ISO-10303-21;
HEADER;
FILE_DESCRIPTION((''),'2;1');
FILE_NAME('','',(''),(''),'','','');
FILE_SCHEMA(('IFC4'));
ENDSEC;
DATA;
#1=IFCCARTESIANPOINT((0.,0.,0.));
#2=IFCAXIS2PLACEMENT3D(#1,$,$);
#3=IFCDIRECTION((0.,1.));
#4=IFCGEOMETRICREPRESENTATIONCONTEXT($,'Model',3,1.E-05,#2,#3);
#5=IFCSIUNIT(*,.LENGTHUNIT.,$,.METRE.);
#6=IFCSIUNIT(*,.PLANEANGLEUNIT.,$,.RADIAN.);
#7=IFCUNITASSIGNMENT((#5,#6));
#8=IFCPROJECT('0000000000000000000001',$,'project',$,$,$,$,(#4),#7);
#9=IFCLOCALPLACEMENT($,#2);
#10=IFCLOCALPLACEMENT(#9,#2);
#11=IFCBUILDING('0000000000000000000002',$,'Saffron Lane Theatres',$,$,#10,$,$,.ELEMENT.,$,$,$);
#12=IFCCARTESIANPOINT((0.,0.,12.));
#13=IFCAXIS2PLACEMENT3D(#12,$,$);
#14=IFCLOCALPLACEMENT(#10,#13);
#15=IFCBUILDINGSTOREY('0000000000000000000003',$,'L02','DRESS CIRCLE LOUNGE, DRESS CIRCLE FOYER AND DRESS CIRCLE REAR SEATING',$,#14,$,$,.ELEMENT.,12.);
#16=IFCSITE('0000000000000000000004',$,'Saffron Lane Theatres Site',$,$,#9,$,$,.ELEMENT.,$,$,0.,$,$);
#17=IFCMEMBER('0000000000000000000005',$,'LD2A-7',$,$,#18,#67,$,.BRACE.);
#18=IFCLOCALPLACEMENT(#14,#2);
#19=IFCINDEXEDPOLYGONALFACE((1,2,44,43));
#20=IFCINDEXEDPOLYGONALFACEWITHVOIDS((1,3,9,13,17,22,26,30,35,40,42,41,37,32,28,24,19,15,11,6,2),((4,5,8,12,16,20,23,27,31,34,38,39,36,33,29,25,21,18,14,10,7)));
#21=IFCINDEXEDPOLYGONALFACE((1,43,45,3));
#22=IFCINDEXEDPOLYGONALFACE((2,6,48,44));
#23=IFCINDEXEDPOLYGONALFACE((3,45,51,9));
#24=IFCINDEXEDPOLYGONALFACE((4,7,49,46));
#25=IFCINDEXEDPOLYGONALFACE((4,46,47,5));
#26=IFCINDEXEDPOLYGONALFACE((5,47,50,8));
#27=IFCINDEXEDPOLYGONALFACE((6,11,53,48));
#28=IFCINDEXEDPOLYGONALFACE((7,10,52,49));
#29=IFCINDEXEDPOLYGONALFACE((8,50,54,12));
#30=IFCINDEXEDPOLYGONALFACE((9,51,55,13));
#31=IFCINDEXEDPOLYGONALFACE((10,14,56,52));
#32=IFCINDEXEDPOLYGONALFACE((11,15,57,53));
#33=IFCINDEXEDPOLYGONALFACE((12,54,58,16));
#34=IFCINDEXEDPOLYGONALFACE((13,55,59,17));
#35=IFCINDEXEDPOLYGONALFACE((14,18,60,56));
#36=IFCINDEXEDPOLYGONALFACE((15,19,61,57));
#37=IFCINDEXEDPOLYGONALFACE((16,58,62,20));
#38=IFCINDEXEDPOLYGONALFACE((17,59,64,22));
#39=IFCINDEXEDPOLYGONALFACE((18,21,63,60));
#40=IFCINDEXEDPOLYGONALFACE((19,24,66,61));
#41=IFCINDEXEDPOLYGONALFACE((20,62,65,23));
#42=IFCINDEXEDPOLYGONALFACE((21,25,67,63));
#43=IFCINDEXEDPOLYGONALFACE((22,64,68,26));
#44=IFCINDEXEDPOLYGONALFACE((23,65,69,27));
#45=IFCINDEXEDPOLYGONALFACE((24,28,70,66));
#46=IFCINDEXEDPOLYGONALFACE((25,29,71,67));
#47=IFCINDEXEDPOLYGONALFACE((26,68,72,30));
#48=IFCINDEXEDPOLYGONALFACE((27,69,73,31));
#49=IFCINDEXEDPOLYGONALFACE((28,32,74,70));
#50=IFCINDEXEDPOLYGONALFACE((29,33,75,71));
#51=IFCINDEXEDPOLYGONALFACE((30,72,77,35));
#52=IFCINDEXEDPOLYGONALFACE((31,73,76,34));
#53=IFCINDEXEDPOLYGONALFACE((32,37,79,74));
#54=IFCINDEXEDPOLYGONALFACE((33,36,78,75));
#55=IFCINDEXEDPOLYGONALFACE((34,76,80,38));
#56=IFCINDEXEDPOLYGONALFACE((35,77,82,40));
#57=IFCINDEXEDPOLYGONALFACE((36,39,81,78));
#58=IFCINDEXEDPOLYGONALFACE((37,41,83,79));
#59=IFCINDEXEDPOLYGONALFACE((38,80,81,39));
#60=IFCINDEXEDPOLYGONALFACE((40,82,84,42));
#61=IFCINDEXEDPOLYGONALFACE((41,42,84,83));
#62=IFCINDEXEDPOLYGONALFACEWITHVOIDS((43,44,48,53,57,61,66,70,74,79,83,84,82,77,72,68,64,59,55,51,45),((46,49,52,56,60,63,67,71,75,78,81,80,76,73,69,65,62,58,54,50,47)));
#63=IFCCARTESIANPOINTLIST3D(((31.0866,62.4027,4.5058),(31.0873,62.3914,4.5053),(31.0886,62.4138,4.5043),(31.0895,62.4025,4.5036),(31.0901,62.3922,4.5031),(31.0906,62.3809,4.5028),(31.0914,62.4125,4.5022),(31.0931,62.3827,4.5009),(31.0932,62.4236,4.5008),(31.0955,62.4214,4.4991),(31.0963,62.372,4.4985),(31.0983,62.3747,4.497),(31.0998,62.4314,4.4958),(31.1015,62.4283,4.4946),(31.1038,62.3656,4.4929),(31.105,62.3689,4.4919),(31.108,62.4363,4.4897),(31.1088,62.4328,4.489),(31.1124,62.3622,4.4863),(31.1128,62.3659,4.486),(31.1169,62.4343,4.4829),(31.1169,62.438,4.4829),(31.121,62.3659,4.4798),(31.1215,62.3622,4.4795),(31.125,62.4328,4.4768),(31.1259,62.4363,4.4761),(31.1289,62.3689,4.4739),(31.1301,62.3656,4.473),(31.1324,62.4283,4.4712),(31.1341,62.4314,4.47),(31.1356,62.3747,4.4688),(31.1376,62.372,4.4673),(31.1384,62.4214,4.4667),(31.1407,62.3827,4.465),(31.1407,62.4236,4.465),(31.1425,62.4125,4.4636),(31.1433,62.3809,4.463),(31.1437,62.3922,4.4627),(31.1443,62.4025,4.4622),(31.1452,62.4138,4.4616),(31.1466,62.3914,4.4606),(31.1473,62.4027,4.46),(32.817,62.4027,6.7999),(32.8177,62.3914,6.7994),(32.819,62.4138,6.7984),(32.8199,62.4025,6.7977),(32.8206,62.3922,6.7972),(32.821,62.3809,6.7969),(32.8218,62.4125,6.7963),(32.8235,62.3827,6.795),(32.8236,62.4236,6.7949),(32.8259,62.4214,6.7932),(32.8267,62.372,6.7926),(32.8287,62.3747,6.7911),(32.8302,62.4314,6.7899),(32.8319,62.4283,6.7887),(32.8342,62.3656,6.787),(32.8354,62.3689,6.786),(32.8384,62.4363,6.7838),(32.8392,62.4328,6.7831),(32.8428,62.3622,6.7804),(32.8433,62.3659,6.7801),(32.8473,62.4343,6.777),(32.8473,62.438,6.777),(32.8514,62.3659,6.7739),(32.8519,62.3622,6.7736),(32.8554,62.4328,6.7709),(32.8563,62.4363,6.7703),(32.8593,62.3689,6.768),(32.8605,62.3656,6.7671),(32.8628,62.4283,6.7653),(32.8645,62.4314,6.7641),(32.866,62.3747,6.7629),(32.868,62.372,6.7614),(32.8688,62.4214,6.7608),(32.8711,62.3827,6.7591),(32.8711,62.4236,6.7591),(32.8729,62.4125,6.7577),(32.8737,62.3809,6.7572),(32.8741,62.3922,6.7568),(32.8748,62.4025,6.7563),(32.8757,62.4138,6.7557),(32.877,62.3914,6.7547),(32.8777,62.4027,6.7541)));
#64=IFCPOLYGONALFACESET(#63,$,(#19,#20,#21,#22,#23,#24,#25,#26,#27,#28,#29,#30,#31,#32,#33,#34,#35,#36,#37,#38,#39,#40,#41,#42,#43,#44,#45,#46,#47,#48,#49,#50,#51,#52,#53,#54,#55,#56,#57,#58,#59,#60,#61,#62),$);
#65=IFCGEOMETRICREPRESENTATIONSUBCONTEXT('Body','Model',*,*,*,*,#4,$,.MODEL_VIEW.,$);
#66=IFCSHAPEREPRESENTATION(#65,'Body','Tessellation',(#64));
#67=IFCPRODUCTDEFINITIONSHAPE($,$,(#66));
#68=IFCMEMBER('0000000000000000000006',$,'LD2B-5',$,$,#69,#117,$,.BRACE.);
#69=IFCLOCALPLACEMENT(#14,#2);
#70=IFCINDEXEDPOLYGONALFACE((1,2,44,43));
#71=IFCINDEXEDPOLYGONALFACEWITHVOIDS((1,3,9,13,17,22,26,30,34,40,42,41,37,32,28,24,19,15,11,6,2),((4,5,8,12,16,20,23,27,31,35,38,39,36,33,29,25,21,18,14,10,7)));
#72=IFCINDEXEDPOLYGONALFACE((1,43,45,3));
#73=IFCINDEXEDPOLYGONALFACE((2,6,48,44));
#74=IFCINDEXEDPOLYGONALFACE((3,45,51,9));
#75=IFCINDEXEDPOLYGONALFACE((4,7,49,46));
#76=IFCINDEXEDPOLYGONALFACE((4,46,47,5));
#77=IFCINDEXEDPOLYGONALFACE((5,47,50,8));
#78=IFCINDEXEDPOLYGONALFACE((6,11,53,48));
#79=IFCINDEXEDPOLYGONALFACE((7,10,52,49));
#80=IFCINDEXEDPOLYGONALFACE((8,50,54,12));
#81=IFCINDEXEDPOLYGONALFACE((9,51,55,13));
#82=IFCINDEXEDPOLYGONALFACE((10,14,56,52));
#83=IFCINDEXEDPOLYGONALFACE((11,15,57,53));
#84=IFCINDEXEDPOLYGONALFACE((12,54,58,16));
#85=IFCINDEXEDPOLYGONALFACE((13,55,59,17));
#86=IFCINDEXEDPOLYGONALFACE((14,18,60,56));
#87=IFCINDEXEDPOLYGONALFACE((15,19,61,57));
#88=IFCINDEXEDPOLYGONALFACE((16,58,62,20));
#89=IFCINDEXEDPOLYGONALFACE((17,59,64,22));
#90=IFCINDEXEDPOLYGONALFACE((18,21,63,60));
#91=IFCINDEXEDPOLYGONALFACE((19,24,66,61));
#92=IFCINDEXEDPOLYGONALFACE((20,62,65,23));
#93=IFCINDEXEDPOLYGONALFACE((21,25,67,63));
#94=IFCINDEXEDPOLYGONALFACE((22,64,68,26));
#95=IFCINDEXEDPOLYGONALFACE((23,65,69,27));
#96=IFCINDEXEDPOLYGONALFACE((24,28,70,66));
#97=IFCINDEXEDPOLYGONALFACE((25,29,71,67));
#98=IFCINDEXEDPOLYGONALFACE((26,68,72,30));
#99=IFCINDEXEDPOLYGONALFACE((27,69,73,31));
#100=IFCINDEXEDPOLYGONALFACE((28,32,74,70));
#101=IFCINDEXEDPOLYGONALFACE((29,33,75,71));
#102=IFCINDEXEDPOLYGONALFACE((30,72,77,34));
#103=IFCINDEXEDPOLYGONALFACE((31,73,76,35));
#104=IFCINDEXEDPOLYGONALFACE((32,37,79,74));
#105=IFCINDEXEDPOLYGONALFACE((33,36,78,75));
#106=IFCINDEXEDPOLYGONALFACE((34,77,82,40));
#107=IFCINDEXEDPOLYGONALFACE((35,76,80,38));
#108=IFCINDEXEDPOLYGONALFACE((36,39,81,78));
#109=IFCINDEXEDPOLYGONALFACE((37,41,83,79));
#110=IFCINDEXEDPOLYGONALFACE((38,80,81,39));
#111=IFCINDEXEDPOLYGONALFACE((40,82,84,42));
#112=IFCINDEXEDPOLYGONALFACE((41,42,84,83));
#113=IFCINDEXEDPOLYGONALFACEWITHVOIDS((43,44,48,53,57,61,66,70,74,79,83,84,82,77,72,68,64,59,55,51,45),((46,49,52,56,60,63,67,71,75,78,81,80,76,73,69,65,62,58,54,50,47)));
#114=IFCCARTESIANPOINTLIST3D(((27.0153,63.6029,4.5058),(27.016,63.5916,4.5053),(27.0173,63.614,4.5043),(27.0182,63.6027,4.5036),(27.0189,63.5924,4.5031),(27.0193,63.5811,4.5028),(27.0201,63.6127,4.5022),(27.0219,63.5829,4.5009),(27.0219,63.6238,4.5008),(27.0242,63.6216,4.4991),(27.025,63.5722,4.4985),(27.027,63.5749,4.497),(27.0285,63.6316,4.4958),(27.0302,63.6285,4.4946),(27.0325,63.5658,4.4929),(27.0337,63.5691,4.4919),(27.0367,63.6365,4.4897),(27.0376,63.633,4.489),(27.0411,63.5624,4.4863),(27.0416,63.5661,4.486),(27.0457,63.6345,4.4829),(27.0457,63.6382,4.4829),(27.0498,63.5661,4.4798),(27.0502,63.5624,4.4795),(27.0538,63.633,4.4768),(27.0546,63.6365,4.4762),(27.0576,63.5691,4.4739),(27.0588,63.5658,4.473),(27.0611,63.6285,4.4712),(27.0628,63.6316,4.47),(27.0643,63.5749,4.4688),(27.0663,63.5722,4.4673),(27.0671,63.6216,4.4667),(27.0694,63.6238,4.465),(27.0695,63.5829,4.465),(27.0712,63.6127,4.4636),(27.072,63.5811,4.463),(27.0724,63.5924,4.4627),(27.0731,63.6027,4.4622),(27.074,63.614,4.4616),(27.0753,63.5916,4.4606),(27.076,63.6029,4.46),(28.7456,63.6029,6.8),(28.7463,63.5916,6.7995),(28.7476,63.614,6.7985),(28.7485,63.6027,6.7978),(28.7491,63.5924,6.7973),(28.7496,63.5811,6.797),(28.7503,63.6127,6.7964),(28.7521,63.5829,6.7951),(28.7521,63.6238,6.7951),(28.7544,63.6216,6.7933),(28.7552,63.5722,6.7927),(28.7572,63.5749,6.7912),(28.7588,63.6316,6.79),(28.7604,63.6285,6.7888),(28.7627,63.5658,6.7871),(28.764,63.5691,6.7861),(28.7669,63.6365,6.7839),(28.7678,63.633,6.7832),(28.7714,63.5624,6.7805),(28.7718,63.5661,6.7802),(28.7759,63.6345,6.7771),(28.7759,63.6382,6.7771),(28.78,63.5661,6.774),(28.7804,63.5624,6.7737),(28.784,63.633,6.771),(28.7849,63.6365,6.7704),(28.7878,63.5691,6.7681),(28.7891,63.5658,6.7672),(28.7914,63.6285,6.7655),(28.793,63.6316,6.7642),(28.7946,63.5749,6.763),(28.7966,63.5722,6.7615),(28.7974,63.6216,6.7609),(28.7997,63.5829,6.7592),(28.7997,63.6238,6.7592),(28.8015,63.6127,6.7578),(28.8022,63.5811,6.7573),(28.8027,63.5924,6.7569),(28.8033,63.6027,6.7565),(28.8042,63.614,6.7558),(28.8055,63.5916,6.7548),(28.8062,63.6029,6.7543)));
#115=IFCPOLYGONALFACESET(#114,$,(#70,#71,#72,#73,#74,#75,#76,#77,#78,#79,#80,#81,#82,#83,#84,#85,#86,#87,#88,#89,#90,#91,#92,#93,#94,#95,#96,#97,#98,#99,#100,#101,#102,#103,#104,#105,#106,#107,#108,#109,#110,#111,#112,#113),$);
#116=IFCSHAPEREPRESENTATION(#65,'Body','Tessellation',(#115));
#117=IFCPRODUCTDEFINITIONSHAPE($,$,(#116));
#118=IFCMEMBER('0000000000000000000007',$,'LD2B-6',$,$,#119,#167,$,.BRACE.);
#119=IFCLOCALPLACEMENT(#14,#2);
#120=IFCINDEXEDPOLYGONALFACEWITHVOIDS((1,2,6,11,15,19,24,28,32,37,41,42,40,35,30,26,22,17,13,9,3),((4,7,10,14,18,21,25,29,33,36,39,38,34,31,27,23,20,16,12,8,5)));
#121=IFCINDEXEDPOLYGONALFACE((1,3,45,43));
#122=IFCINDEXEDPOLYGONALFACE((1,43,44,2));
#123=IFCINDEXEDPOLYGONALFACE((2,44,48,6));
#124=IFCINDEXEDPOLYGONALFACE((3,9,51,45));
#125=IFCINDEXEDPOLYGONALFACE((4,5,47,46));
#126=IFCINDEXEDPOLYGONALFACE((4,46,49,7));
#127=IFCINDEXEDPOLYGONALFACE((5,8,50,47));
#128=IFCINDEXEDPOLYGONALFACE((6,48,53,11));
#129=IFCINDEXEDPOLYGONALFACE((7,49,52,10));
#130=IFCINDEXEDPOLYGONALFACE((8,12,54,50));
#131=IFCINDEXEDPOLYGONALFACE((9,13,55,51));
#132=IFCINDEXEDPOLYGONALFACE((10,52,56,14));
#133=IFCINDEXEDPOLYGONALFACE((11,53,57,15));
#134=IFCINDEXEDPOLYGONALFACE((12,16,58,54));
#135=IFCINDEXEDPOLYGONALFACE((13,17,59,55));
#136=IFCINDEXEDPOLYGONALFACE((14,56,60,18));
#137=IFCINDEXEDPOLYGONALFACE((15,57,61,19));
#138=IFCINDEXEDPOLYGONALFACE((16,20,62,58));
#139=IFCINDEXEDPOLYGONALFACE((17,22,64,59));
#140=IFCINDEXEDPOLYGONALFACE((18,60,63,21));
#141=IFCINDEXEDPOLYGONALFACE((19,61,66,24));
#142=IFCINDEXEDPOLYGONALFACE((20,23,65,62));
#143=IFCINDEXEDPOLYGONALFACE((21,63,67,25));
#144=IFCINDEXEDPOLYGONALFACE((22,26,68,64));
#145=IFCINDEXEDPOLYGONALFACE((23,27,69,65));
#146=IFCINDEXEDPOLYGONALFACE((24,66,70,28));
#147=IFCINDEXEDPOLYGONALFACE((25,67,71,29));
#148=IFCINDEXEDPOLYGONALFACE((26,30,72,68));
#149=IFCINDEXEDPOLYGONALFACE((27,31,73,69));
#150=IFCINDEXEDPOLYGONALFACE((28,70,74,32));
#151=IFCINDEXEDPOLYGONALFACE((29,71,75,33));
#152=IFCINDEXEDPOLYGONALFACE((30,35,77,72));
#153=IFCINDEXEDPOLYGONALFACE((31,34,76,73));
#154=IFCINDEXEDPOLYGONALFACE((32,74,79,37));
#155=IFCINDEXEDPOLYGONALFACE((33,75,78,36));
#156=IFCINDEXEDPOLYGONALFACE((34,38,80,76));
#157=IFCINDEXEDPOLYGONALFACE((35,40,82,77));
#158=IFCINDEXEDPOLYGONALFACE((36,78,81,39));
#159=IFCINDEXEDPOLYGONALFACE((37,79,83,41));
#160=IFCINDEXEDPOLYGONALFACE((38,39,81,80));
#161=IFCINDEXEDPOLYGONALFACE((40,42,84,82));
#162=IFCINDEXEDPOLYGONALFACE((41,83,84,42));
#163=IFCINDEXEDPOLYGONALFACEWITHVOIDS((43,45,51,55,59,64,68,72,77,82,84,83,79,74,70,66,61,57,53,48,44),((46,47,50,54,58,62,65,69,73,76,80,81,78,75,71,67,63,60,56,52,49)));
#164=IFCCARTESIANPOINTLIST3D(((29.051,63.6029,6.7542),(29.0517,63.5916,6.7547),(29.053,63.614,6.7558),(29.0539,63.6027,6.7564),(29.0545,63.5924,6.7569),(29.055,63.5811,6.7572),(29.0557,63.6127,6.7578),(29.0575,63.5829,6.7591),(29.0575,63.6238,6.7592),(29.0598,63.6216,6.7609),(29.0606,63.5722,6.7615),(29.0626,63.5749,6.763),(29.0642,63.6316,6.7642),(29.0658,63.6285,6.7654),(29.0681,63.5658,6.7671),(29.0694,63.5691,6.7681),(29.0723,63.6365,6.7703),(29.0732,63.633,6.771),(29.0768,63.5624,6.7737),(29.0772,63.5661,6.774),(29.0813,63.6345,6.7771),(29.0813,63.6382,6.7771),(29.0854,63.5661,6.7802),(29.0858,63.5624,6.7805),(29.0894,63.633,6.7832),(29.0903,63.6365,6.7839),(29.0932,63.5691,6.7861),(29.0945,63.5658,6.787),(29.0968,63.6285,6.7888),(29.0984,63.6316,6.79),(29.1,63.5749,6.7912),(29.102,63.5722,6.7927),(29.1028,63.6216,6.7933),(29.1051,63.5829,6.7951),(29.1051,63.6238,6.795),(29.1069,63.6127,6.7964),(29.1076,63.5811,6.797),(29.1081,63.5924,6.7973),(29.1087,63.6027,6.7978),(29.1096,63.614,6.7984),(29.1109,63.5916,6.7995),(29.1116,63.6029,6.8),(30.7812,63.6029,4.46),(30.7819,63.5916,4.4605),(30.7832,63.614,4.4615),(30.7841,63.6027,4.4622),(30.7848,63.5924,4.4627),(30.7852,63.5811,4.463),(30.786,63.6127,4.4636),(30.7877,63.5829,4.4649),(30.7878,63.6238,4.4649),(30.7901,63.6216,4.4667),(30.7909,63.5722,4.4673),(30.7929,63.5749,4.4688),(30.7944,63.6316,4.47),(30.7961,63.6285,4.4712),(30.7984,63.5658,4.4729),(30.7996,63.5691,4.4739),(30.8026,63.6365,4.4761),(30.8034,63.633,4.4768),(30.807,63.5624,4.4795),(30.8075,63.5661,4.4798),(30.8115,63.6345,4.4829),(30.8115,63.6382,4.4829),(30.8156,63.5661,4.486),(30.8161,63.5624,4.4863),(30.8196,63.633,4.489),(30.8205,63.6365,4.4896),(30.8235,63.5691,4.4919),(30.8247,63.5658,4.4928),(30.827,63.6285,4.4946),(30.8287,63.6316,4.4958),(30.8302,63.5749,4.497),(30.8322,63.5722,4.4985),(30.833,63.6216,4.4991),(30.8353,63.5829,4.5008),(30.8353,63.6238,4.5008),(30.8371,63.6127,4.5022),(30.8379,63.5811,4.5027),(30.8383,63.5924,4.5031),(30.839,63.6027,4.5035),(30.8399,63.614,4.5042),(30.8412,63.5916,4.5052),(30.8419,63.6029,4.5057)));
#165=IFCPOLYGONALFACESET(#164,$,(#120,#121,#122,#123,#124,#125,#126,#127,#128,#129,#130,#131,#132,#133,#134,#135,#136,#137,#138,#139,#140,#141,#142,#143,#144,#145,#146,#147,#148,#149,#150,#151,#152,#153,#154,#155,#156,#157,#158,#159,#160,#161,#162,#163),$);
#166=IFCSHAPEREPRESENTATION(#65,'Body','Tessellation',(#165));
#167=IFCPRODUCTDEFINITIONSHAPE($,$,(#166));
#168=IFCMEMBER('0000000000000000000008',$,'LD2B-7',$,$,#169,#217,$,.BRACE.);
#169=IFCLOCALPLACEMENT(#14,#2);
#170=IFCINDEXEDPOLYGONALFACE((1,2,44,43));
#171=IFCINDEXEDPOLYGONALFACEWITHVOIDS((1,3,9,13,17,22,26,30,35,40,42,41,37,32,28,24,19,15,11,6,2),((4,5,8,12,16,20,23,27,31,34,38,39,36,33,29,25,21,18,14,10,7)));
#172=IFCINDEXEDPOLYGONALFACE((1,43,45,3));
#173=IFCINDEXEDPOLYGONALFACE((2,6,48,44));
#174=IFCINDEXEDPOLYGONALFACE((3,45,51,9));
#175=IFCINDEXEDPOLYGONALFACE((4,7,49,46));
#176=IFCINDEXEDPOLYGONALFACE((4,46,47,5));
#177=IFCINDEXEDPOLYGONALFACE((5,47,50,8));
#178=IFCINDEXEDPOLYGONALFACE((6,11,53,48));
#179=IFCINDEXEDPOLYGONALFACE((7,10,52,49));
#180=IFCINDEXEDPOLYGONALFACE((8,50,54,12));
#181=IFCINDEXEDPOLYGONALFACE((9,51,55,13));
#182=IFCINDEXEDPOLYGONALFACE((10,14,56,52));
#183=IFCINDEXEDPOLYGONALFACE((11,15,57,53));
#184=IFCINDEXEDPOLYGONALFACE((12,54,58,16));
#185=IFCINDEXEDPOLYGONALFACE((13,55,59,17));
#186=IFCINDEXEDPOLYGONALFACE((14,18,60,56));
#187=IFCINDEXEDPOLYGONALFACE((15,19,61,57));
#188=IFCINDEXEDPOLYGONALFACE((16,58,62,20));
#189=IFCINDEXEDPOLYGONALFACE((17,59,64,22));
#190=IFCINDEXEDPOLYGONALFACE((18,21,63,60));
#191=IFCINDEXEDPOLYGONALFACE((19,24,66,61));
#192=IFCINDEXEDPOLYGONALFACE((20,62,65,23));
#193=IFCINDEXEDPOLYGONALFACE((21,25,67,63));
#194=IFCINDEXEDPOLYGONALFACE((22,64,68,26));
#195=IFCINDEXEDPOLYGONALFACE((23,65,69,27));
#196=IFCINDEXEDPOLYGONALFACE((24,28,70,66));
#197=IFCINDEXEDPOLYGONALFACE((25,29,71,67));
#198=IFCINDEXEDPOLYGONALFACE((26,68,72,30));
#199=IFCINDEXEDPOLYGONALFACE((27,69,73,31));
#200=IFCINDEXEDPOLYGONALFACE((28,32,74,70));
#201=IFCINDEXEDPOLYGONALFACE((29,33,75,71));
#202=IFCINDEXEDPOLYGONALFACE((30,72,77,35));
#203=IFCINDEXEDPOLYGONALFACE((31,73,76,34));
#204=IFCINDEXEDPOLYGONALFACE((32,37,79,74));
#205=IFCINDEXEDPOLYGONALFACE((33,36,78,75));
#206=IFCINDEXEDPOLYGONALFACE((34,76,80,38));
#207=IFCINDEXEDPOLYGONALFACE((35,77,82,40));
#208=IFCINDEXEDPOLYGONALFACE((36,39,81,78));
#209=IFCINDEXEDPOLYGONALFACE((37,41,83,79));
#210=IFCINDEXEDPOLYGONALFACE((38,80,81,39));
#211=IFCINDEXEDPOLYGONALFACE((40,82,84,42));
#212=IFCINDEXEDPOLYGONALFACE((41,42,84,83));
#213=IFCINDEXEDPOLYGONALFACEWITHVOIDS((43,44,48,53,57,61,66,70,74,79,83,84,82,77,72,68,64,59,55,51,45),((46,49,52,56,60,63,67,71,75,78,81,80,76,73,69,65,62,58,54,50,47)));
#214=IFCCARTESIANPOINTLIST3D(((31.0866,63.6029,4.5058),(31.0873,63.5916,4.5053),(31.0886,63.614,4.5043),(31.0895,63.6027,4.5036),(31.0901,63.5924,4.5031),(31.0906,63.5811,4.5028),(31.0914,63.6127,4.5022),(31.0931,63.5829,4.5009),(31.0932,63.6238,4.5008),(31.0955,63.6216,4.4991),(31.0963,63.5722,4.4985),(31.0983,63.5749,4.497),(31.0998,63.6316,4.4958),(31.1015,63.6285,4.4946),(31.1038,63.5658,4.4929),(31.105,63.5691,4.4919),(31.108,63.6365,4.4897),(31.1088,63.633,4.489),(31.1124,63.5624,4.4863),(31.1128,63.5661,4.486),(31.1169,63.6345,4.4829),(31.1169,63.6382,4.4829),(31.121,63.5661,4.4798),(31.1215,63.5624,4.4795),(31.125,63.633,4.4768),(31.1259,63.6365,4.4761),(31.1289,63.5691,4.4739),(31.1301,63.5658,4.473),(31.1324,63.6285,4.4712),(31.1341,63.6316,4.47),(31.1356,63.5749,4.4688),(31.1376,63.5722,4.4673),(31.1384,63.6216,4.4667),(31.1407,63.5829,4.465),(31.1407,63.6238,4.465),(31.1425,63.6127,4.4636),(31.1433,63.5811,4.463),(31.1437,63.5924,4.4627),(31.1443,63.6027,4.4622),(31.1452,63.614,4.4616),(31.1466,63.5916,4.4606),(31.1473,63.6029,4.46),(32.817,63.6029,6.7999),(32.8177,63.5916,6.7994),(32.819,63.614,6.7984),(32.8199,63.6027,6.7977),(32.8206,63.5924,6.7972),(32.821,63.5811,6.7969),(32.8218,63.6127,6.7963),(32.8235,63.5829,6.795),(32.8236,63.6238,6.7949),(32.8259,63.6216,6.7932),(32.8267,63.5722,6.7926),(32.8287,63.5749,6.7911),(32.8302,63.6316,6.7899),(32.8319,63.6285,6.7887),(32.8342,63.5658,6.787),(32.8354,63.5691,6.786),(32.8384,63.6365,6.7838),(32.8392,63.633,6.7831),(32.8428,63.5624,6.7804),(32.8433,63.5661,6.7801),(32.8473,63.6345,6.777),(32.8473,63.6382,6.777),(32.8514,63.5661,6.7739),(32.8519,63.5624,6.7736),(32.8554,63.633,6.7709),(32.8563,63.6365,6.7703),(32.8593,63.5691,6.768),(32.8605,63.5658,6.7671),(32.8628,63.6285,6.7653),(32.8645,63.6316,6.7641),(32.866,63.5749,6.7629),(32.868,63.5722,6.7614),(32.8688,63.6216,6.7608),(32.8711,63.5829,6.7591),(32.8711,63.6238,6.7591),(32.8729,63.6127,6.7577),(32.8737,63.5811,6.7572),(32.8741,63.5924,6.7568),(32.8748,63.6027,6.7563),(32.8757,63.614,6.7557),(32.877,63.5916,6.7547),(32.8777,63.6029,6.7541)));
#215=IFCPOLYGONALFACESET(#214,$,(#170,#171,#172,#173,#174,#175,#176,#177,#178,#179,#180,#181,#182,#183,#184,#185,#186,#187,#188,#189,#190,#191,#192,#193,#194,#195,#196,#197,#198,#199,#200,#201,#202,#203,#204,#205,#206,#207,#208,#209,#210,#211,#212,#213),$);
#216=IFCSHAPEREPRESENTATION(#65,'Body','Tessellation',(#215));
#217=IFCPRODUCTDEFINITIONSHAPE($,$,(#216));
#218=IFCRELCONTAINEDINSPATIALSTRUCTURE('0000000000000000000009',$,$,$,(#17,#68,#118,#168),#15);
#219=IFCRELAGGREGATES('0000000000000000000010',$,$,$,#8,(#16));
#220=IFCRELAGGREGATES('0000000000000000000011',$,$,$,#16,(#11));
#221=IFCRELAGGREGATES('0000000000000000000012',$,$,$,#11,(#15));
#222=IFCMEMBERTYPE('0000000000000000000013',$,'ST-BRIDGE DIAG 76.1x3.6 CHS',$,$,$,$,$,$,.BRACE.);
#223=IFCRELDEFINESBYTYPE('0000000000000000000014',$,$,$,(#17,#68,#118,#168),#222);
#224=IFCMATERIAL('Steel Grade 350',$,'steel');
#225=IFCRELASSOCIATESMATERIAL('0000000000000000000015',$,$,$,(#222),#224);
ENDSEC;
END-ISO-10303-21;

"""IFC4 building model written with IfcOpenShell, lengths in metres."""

from ifc_helpers import new_model, si_unit, direction, frame, origin, origin_2d, place, context, subcontext, project, spatial, hollow_circle, extrude, material, material_profile, profile_set, type_object, element, save


model = new_model("IFC4")

# Units and contexts
model_context = context("Model", 3, precision=1e-05, world=origin(), true_north=direction((0.0, 1.0)))
body_context = subcontext(model_context, "Body", "Model", "MODEL_VIEW")
ifc_project = project(units=[si_unit("LENGTHUNIT", "METRE"), si_unit("PLANEANGLEUNIT", "RADIAN")], contexts=[model_context])

# Site, building, storey
site_placement = place(None, origin())
site = spatial("IfcSite", under=ifc_project, at=site_placement, Name="Saffron Lane Theatres Site", CompositionType="ELEMENT", RefElevation=0.0)
building_placement = place(site_placement, origin())
building = spatial("IfcBuilding", under=site, at=building_placement, Name="Saffron Lane Theatres", CompositionType="ELEMENT")
storey_placement = place(building_placement, frame((0.0, 0.0, 12.0)))
storey = spatial("IfcBuildingStorey", under=building, at=storey_placement, Name="L02", Description="DRESS CIRCLE LOUNGE, DRESS CIRCLE FOYER AND DRESS CIRCLE REAR SEATING", CompositionType="ELEMENT", Elevation=12.0)

# Members
ifc_material_1 = material(Name="Steel Grade 350", Category="steel")
ifc_material_profile_1 = material_profile(ifc_material_1, hollow_circle(Radius=0.0381, WallThickness=0.0037, at=origin_2d()))
ifc_profile_set_1 = profile_set([ifc_material_profile_1], Name="Steel Grade 350")
member_type = type_object("IfcMemberType", Name="ST-BRIDGE DIAG 76.1x3.6 CHS", PredefinedType="BRACE", material=ifc_profile_set_1)
for number, where, z_axis, x_axis, name in (
    (1, (31.1169, 62.3999, 4.4829), (0.602186, 0.0, 0.798356), (0.0, 1.0, 0.0), "LD2A-7"),
    (2, (27.0457, 63.6001, 4.4829), (0.602132, 0.0, 0.798396), (0.0, 1.0, 0.0), "LD2B-5"),
    (3, (29.0813, 63.6001, 6.7771), (0.602132, 0.0, -0.798396), (0.0, 1.0, 0.0), "LD2B-6"),
    (4, (31.1169, 63.6001, 4.4829), (0.602186, 0.0, 0.798356), (0.0, 1.0, 0.0), "LD2B-7"),
):
    element("IfcMember", number, at=place(storey_placement, frame(where, z_axis=z_axis, x_axis=x_axis)), inside=storey, type_object=member_type, Name=name, PredefinedType="BRACE", context=body_context, shape_type="SweptSolid", body=[
        extrude(hollow_circle(Radius=0.0381, WallThickness=0.0037, at=origin_2d()), origin(), (0.0, 0.0, 1.0), 2.8735),
    ])

save(model, "model.ifc")
